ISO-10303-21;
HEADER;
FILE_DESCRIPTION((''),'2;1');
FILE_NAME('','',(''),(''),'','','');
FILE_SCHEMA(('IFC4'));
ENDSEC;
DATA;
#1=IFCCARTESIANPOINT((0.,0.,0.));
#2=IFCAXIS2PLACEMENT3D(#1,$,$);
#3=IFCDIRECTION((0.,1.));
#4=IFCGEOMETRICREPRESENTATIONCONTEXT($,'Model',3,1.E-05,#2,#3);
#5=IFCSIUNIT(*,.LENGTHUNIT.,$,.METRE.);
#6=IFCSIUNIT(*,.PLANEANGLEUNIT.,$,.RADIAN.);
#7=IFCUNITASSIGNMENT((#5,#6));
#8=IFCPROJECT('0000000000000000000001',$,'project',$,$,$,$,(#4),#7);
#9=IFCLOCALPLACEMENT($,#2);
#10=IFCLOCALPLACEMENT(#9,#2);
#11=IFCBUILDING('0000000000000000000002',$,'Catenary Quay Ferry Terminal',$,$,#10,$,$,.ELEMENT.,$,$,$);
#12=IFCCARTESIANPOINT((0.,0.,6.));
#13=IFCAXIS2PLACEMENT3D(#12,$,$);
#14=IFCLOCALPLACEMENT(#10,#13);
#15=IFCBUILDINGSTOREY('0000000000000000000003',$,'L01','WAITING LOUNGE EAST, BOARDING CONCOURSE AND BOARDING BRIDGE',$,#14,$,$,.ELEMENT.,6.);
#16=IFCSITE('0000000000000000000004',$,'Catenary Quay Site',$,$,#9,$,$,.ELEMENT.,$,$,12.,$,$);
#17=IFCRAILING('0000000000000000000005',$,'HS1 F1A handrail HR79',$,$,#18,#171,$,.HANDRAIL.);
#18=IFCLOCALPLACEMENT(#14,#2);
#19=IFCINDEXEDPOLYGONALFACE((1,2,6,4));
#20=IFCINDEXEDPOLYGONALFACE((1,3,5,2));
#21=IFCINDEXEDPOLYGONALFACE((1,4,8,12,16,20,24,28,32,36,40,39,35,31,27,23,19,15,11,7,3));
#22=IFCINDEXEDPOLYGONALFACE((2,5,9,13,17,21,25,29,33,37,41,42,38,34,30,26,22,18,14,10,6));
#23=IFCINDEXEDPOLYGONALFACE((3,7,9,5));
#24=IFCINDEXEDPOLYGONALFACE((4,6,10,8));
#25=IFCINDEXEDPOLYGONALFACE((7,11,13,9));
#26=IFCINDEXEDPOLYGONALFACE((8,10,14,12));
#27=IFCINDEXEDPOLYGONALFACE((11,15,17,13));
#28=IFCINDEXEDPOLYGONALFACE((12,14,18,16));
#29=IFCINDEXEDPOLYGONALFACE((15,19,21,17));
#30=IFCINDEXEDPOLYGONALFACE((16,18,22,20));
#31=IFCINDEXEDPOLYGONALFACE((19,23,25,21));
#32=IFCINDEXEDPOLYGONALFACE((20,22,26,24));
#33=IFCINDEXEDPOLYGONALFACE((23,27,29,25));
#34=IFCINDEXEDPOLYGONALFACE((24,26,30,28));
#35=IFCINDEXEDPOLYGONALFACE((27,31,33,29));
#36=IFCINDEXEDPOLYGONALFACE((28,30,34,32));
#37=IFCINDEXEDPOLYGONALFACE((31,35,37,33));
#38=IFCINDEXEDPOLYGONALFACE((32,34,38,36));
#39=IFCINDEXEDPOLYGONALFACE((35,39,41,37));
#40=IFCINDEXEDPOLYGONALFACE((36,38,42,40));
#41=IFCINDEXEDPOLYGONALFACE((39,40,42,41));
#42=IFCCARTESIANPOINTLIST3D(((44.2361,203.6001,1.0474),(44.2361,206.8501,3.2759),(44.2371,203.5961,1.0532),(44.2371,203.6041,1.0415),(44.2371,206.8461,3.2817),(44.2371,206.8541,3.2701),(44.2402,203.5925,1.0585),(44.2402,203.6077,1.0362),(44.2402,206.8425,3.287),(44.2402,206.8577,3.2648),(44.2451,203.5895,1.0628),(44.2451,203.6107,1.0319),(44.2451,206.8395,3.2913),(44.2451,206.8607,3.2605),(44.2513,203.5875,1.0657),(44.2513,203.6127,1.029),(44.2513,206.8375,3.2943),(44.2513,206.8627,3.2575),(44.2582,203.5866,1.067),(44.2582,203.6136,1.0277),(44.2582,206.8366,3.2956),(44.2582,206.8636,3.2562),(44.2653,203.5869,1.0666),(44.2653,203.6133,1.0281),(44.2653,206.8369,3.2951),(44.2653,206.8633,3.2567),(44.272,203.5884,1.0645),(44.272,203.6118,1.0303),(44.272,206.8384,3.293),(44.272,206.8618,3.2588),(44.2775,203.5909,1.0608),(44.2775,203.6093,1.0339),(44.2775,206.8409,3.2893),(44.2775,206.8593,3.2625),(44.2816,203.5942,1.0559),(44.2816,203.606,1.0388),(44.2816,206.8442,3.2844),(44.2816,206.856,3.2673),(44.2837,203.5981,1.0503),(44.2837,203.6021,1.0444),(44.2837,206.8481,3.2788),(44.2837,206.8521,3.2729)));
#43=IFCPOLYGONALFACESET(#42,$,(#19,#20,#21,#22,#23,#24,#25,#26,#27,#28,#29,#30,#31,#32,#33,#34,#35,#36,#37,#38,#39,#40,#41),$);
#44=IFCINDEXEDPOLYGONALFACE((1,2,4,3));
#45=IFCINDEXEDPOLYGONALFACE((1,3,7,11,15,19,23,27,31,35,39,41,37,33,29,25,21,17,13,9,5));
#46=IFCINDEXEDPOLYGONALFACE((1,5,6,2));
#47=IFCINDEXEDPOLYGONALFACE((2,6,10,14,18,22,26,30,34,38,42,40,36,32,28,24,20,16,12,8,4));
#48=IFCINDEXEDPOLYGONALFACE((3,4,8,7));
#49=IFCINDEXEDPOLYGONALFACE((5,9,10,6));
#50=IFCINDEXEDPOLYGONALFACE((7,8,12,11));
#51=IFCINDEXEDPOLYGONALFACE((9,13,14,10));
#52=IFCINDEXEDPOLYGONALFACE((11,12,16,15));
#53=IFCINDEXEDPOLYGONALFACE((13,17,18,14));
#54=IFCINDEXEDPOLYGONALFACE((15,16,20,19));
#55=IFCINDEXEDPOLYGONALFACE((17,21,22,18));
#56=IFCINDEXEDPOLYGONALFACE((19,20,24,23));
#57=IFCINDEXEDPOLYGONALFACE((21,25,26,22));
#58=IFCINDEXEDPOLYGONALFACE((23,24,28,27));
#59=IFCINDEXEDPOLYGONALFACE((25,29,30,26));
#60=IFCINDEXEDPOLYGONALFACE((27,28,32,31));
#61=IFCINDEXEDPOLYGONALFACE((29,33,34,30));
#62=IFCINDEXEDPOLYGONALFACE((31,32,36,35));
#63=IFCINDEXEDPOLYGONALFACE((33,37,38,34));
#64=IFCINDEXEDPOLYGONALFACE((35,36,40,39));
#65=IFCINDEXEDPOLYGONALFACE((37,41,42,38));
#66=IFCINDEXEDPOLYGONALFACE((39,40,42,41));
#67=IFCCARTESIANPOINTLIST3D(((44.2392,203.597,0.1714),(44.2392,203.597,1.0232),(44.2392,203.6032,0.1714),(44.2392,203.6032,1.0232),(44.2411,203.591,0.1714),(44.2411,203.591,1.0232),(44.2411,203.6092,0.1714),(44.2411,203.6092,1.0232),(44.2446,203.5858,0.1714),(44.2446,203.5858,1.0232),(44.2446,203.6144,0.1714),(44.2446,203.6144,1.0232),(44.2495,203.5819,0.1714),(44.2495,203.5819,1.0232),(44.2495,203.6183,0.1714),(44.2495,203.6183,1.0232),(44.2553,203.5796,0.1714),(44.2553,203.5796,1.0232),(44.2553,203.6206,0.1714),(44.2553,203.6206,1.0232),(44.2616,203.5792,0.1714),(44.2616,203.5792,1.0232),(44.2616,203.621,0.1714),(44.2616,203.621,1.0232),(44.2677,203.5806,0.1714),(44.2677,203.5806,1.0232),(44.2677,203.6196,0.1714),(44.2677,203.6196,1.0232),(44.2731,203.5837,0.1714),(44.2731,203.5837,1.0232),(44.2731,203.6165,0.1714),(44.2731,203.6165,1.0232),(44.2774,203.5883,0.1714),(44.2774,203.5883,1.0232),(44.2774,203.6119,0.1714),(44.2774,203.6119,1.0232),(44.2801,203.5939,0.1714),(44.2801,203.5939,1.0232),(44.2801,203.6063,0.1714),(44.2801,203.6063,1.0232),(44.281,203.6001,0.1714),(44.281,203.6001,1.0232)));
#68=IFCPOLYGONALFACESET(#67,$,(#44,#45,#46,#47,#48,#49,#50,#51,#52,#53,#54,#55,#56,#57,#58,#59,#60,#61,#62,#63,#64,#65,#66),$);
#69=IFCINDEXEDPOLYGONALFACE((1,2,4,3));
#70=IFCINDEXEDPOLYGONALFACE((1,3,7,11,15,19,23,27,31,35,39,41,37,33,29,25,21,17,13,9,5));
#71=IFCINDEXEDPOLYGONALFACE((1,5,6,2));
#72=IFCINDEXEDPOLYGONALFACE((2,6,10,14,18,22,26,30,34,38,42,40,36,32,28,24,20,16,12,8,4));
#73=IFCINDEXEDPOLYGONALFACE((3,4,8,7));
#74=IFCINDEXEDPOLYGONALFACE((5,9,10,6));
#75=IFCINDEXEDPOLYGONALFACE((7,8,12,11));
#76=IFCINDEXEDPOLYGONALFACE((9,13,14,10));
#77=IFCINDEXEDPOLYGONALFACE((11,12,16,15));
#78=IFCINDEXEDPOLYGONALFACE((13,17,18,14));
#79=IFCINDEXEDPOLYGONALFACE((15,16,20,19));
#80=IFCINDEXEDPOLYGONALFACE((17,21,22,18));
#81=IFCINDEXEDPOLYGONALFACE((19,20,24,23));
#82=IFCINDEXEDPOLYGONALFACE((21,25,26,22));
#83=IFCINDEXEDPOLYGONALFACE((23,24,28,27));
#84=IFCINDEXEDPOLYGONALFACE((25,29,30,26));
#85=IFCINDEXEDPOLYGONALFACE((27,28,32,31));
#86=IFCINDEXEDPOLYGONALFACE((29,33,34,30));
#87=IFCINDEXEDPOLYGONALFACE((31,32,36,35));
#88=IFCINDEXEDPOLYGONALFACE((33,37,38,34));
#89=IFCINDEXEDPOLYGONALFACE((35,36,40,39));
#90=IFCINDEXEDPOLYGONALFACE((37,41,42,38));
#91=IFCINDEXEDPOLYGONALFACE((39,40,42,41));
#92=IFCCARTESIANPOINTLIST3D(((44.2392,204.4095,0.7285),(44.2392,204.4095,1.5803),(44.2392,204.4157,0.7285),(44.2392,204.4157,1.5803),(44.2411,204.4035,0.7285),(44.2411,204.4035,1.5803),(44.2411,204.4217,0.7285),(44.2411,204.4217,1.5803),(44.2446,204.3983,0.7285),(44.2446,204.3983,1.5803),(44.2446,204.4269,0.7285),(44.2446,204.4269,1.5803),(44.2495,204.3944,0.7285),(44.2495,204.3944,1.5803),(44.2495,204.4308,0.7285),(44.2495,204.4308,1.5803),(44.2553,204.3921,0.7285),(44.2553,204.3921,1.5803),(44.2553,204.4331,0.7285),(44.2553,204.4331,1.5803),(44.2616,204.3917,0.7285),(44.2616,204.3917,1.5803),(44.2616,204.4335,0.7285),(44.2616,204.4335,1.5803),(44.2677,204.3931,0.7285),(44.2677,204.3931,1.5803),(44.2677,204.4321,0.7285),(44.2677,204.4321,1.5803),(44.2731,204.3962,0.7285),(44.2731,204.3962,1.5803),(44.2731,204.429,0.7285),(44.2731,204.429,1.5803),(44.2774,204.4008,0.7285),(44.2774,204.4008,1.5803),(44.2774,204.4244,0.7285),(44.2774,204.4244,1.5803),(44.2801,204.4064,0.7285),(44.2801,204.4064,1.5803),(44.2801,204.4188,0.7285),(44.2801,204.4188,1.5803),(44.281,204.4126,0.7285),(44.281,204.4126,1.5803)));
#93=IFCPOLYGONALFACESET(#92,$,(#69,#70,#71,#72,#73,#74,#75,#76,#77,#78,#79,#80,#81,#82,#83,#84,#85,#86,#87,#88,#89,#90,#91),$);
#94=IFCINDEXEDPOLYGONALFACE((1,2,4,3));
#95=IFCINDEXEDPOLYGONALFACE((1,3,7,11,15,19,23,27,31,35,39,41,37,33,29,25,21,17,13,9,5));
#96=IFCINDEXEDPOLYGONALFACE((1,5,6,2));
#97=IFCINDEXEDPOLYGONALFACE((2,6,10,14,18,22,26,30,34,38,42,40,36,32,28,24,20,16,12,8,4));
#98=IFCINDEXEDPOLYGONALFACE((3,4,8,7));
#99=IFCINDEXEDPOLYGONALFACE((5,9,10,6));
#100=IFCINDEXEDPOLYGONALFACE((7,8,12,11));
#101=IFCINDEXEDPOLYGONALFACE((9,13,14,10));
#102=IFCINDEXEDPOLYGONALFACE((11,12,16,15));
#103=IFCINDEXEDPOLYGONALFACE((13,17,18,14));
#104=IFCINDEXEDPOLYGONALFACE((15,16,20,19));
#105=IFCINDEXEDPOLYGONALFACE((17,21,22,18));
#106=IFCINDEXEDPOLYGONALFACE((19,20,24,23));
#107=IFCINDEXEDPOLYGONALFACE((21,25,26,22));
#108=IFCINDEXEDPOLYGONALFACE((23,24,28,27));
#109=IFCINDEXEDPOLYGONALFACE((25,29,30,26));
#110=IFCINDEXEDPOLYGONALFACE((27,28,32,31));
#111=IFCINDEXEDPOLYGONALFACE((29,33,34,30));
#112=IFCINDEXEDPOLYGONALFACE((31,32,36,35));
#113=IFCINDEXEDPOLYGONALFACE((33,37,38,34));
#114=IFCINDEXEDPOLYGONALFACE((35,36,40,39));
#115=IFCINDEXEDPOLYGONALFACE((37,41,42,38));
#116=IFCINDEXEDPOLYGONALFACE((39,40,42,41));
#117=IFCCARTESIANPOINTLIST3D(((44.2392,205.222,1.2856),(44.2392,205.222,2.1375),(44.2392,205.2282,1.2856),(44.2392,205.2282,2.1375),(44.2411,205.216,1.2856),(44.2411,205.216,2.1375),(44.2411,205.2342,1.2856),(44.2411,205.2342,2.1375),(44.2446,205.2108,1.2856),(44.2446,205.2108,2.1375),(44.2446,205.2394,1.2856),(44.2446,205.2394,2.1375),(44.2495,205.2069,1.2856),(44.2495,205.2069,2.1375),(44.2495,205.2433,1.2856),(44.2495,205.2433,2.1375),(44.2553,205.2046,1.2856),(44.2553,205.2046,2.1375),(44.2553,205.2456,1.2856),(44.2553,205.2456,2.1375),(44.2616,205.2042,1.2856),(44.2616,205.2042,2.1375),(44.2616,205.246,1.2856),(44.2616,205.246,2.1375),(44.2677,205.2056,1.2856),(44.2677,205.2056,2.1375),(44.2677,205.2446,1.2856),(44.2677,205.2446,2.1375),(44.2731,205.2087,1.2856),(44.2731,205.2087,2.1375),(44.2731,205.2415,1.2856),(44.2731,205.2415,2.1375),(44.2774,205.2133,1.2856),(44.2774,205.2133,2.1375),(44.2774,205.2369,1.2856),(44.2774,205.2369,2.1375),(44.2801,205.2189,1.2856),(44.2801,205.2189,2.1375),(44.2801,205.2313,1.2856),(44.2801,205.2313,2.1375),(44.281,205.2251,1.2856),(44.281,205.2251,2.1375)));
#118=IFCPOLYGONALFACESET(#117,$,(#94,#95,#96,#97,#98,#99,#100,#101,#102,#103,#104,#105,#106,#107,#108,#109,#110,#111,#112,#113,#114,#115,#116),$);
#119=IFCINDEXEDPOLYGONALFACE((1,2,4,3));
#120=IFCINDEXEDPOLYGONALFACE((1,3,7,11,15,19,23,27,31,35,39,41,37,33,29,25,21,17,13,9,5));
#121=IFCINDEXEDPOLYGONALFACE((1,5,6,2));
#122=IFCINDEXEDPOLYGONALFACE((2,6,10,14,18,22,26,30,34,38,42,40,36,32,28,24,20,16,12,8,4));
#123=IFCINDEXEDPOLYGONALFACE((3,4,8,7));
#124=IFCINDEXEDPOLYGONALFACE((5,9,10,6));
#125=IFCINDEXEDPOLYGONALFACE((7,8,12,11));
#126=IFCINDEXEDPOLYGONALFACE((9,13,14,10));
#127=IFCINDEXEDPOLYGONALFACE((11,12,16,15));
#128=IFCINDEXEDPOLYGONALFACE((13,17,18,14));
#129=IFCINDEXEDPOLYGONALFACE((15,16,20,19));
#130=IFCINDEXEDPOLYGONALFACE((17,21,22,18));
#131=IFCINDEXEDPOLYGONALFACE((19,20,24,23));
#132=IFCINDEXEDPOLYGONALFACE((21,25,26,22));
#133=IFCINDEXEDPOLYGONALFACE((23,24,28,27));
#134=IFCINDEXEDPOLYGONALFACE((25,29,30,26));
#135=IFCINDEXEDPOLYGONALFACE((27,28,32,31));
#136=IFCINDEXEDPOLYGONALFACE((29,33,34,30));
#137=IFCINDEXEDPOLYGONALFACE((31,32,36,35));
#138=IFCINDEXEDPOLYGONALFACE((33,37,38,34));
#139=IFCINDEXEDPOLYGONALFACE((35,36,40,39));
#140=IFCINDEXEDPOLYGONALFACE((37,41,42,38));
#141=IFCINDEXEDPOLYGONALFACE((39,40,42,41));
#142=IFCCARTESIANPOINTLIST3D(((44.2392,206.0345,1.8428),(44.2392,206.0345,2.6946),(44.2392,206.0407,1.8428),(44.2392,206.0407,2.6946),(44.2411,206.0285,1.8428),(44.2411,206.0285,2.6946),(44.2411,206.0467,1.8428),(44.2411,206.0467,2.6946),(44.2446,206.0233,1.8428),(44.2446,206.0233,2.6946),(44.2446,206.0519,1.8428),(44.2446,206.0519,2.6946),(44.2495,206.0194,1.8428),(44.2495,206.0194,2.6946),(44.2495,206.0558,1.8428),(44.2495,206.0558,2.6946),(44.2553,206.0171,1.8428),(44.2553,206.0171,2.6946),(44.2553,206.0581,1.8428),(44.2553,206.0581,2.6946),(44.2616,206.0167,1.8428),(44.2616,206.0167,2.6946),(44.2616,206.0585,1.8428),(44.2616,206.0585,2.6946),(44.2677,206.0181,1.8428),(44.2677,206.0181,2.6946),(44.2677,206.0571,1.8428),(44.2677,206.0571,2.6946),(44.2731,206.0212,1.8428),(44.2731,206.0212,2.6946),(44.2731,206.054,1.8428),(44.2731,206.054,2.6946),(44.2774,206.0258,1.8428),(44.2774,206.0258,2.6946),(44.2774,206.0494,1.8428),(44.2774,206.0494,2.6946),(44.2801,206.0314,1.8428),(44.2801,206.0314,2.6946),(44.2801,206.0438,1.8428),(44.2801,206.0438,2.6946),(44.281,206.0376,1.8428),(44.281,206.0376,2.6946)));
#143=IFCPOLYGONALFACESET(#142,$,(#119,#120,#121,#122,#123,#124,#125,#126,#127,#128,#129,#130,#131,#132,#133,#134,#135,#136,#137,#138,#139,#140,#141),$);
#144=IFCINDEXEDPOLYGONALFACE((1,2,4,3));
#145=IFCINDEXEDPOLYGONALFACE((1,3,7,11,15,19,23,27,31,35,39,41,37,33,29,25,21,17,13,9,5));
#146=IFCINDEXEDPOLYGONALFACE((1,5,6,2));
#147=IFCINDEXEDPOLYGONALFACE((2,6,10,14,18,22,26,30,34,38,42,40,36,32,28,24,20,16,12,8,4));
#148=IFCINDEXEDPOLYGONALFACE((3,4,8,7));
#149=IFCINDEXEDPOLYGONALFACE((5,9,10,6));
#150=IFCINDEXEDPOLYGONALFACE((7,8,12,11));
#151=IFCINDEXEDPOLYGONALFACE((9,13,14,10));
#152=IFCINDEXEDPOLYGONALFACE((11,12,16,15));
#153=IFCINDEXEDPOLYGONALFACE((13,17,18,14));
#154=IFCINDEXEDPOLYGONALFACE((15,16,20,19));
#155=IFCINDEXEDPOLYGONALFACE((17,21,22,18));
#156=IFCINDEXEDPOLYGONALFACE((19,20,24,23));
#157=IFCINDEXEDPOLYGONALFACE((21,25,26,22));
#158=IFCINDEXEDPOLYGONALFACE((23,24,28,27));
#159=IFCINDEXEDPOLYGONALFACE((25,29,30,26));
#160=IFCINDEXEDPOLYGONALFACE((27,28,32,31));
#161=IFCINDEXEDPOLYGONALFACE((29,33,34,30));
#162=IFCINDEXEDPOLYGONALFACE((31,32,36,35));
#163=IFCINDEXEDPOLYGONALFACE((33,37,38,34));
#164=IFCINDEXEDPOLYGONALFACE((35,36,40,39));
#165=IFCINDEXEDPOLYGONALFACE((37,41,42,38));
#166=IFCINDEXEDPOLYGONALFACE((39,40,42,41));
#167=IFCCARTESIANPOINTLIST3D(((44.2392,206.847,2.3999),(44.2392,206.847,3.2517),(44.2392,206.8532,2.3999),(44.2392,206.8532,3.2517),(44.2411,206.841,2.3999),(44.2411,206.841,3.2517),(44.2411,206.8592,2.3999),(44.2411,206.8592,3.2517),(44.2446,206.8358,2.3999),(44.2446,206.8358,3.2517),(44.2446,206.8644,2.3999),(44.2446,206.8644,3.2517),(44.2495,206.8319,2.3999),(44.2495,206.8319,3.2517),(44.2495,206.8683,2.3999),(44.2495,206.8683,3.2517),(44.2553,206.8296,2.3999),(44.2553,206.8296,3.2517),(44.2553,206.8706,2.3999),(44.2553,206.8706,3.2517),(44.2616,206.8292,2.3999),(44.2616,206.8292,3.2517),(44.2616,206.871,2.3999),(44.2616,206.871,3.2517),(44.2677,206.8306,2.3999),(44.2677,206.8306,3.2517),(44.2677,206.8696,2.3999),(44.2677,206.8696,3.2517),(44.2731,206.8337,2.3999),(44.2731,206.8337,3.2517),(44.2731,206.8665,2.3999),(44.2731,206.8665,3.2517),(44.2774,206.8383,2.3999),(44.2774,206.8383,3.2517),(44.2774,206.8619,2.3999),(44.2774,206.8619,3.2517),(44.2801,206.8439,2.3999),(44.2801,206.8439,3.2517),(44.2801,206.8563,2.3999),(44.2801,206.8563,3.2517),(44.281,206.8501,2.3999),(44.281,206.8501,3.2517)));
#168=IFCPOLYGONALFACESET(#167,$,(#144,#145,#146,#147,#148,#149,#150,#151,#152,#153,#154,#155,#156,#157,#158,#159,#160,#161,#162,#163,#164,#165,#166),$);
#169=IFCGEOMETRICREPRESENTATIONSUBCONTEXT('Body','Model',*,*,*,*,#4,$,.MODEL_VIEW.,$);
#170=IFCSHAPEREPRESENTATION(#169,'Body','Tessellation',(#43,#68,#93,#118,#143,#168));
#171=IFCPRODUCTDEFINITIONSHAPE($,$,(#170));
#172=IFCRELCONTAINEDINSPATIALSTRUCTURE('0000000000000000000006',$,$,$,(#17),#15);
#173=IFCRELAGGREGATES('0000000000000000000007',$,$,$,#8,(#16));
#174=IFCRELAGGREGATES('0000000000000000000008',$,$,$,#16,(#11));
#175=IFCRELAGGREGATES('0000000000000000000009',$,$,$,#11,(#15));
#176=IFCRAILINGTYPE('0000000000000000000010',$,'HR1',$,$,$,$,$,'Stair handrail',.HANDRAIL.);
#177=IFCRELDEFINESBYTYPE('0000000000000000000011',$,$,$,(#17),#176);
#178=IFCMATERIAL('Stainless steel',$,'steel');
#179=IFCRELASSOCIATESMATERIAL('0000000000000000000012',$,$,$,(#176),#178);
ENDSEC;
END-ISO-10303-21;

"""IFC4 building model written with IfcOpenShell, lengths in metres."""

from ifc_helpers import new_model, si_unit, direction, frame, origin, origin_2d, place, context, subcontext, project, spatial, circle, extrude, material, type_object, element, save


model = new_model("IFC4")

# Units and contexts
model_context = context("Model", 3, precision=1e-05, world=origin(), true_north=direction((0.0, 1.0)))
body_context = subcontext(model_context, "Body", "Model", "MODEL_VIEW")
ifc_project = project(units=[si_unit("LENGTHUNIT", "METRE"), si_unit("PLANEANGLEUNIT", "RADIAN")], contexts=[model_context])

# Site, building, storey
site_placement = place(None, origin())
site = spatial("IfcSite", under=ifc_project, at=site_placement, Name="Catenary Quay Site", CompositionType="ELEMENT", RefElevation=12.0)
building_placement = place(site_placement, origin())
building = spatial("IfcBuilding", under=site, at=building_placement, Name="Catenary Quay Ferry Terminal", CompositionType="ELEMENT")
storey_placement = place(building_placement, frame((0.0, 0.0, 6.0)))
storey = spatial("IfcBuildingStorey", under=building, at=storey_placement, Name="L01", Description="WAITING LOUNGE EAST, BOARDING CONCOURSE AND BOARDING BRIDGE", CompositionType="ELEMENT", Elevation=6.0)

# Railing
ifc_material_1 = material(Name="Stainless steel", Category="steel")
railing_type_1 = type_object("IfcRailingType", Name="HR1", ElementType="Stair handrail", PredefinedType="HANDRAIL", material=ifc_material_1)
for number, where, name in (
    (1, (44.26, 203.6001, 0.1714), "HS1 F1A handrail HR79"),
):
    element("IfcRailing", number, at=place(storey_placement, frame(where)), inside=storey, type_object=railing_type_1, Name=name, PredefinedType="HANDRAIL", context=body_context, shape_type="SweptSolid", body=[
        extrude(circle(Radius=0.0239, at=origin_2d()), frame((0.0, 0.0, 0.876), z_axis=(0.0, 0.824735, 0.565519), x_axis=(-1.0, 0.0, 0.0)), (0.0, 0.0, 1.0), 3.9407),
        extrude(circle(Radius=0.021, at=origin_2d()), origin(), (0.0, 0.0, 1.0), 0.8518),
        extrude(circle(Radius=0.021, at=origin_2d()), frame((0.0, 0.8125, 0.5571)), (0.0, 0.0, 1.0), 0.8518),
        extrude(circle(Radius=0.021, at=origin_2d()), frame((0.0, 1.625, 1.1143)), (0.0, 0.0, 1.0), 0.8518),
        extrude(circle(Radius=0.021, at=origin_2d()), frame((0.0, 2.4375, 1.6714)), (0.0, 0.0, 1.0), 0.8518),
        extrude(circle(Radius=0.021, at=origin_2d()), frame((0.0, 3.25, 2.2285)), (0.0, 0.0, 1.0), 0.8518),
    ])

save(model, "model.ifc")
